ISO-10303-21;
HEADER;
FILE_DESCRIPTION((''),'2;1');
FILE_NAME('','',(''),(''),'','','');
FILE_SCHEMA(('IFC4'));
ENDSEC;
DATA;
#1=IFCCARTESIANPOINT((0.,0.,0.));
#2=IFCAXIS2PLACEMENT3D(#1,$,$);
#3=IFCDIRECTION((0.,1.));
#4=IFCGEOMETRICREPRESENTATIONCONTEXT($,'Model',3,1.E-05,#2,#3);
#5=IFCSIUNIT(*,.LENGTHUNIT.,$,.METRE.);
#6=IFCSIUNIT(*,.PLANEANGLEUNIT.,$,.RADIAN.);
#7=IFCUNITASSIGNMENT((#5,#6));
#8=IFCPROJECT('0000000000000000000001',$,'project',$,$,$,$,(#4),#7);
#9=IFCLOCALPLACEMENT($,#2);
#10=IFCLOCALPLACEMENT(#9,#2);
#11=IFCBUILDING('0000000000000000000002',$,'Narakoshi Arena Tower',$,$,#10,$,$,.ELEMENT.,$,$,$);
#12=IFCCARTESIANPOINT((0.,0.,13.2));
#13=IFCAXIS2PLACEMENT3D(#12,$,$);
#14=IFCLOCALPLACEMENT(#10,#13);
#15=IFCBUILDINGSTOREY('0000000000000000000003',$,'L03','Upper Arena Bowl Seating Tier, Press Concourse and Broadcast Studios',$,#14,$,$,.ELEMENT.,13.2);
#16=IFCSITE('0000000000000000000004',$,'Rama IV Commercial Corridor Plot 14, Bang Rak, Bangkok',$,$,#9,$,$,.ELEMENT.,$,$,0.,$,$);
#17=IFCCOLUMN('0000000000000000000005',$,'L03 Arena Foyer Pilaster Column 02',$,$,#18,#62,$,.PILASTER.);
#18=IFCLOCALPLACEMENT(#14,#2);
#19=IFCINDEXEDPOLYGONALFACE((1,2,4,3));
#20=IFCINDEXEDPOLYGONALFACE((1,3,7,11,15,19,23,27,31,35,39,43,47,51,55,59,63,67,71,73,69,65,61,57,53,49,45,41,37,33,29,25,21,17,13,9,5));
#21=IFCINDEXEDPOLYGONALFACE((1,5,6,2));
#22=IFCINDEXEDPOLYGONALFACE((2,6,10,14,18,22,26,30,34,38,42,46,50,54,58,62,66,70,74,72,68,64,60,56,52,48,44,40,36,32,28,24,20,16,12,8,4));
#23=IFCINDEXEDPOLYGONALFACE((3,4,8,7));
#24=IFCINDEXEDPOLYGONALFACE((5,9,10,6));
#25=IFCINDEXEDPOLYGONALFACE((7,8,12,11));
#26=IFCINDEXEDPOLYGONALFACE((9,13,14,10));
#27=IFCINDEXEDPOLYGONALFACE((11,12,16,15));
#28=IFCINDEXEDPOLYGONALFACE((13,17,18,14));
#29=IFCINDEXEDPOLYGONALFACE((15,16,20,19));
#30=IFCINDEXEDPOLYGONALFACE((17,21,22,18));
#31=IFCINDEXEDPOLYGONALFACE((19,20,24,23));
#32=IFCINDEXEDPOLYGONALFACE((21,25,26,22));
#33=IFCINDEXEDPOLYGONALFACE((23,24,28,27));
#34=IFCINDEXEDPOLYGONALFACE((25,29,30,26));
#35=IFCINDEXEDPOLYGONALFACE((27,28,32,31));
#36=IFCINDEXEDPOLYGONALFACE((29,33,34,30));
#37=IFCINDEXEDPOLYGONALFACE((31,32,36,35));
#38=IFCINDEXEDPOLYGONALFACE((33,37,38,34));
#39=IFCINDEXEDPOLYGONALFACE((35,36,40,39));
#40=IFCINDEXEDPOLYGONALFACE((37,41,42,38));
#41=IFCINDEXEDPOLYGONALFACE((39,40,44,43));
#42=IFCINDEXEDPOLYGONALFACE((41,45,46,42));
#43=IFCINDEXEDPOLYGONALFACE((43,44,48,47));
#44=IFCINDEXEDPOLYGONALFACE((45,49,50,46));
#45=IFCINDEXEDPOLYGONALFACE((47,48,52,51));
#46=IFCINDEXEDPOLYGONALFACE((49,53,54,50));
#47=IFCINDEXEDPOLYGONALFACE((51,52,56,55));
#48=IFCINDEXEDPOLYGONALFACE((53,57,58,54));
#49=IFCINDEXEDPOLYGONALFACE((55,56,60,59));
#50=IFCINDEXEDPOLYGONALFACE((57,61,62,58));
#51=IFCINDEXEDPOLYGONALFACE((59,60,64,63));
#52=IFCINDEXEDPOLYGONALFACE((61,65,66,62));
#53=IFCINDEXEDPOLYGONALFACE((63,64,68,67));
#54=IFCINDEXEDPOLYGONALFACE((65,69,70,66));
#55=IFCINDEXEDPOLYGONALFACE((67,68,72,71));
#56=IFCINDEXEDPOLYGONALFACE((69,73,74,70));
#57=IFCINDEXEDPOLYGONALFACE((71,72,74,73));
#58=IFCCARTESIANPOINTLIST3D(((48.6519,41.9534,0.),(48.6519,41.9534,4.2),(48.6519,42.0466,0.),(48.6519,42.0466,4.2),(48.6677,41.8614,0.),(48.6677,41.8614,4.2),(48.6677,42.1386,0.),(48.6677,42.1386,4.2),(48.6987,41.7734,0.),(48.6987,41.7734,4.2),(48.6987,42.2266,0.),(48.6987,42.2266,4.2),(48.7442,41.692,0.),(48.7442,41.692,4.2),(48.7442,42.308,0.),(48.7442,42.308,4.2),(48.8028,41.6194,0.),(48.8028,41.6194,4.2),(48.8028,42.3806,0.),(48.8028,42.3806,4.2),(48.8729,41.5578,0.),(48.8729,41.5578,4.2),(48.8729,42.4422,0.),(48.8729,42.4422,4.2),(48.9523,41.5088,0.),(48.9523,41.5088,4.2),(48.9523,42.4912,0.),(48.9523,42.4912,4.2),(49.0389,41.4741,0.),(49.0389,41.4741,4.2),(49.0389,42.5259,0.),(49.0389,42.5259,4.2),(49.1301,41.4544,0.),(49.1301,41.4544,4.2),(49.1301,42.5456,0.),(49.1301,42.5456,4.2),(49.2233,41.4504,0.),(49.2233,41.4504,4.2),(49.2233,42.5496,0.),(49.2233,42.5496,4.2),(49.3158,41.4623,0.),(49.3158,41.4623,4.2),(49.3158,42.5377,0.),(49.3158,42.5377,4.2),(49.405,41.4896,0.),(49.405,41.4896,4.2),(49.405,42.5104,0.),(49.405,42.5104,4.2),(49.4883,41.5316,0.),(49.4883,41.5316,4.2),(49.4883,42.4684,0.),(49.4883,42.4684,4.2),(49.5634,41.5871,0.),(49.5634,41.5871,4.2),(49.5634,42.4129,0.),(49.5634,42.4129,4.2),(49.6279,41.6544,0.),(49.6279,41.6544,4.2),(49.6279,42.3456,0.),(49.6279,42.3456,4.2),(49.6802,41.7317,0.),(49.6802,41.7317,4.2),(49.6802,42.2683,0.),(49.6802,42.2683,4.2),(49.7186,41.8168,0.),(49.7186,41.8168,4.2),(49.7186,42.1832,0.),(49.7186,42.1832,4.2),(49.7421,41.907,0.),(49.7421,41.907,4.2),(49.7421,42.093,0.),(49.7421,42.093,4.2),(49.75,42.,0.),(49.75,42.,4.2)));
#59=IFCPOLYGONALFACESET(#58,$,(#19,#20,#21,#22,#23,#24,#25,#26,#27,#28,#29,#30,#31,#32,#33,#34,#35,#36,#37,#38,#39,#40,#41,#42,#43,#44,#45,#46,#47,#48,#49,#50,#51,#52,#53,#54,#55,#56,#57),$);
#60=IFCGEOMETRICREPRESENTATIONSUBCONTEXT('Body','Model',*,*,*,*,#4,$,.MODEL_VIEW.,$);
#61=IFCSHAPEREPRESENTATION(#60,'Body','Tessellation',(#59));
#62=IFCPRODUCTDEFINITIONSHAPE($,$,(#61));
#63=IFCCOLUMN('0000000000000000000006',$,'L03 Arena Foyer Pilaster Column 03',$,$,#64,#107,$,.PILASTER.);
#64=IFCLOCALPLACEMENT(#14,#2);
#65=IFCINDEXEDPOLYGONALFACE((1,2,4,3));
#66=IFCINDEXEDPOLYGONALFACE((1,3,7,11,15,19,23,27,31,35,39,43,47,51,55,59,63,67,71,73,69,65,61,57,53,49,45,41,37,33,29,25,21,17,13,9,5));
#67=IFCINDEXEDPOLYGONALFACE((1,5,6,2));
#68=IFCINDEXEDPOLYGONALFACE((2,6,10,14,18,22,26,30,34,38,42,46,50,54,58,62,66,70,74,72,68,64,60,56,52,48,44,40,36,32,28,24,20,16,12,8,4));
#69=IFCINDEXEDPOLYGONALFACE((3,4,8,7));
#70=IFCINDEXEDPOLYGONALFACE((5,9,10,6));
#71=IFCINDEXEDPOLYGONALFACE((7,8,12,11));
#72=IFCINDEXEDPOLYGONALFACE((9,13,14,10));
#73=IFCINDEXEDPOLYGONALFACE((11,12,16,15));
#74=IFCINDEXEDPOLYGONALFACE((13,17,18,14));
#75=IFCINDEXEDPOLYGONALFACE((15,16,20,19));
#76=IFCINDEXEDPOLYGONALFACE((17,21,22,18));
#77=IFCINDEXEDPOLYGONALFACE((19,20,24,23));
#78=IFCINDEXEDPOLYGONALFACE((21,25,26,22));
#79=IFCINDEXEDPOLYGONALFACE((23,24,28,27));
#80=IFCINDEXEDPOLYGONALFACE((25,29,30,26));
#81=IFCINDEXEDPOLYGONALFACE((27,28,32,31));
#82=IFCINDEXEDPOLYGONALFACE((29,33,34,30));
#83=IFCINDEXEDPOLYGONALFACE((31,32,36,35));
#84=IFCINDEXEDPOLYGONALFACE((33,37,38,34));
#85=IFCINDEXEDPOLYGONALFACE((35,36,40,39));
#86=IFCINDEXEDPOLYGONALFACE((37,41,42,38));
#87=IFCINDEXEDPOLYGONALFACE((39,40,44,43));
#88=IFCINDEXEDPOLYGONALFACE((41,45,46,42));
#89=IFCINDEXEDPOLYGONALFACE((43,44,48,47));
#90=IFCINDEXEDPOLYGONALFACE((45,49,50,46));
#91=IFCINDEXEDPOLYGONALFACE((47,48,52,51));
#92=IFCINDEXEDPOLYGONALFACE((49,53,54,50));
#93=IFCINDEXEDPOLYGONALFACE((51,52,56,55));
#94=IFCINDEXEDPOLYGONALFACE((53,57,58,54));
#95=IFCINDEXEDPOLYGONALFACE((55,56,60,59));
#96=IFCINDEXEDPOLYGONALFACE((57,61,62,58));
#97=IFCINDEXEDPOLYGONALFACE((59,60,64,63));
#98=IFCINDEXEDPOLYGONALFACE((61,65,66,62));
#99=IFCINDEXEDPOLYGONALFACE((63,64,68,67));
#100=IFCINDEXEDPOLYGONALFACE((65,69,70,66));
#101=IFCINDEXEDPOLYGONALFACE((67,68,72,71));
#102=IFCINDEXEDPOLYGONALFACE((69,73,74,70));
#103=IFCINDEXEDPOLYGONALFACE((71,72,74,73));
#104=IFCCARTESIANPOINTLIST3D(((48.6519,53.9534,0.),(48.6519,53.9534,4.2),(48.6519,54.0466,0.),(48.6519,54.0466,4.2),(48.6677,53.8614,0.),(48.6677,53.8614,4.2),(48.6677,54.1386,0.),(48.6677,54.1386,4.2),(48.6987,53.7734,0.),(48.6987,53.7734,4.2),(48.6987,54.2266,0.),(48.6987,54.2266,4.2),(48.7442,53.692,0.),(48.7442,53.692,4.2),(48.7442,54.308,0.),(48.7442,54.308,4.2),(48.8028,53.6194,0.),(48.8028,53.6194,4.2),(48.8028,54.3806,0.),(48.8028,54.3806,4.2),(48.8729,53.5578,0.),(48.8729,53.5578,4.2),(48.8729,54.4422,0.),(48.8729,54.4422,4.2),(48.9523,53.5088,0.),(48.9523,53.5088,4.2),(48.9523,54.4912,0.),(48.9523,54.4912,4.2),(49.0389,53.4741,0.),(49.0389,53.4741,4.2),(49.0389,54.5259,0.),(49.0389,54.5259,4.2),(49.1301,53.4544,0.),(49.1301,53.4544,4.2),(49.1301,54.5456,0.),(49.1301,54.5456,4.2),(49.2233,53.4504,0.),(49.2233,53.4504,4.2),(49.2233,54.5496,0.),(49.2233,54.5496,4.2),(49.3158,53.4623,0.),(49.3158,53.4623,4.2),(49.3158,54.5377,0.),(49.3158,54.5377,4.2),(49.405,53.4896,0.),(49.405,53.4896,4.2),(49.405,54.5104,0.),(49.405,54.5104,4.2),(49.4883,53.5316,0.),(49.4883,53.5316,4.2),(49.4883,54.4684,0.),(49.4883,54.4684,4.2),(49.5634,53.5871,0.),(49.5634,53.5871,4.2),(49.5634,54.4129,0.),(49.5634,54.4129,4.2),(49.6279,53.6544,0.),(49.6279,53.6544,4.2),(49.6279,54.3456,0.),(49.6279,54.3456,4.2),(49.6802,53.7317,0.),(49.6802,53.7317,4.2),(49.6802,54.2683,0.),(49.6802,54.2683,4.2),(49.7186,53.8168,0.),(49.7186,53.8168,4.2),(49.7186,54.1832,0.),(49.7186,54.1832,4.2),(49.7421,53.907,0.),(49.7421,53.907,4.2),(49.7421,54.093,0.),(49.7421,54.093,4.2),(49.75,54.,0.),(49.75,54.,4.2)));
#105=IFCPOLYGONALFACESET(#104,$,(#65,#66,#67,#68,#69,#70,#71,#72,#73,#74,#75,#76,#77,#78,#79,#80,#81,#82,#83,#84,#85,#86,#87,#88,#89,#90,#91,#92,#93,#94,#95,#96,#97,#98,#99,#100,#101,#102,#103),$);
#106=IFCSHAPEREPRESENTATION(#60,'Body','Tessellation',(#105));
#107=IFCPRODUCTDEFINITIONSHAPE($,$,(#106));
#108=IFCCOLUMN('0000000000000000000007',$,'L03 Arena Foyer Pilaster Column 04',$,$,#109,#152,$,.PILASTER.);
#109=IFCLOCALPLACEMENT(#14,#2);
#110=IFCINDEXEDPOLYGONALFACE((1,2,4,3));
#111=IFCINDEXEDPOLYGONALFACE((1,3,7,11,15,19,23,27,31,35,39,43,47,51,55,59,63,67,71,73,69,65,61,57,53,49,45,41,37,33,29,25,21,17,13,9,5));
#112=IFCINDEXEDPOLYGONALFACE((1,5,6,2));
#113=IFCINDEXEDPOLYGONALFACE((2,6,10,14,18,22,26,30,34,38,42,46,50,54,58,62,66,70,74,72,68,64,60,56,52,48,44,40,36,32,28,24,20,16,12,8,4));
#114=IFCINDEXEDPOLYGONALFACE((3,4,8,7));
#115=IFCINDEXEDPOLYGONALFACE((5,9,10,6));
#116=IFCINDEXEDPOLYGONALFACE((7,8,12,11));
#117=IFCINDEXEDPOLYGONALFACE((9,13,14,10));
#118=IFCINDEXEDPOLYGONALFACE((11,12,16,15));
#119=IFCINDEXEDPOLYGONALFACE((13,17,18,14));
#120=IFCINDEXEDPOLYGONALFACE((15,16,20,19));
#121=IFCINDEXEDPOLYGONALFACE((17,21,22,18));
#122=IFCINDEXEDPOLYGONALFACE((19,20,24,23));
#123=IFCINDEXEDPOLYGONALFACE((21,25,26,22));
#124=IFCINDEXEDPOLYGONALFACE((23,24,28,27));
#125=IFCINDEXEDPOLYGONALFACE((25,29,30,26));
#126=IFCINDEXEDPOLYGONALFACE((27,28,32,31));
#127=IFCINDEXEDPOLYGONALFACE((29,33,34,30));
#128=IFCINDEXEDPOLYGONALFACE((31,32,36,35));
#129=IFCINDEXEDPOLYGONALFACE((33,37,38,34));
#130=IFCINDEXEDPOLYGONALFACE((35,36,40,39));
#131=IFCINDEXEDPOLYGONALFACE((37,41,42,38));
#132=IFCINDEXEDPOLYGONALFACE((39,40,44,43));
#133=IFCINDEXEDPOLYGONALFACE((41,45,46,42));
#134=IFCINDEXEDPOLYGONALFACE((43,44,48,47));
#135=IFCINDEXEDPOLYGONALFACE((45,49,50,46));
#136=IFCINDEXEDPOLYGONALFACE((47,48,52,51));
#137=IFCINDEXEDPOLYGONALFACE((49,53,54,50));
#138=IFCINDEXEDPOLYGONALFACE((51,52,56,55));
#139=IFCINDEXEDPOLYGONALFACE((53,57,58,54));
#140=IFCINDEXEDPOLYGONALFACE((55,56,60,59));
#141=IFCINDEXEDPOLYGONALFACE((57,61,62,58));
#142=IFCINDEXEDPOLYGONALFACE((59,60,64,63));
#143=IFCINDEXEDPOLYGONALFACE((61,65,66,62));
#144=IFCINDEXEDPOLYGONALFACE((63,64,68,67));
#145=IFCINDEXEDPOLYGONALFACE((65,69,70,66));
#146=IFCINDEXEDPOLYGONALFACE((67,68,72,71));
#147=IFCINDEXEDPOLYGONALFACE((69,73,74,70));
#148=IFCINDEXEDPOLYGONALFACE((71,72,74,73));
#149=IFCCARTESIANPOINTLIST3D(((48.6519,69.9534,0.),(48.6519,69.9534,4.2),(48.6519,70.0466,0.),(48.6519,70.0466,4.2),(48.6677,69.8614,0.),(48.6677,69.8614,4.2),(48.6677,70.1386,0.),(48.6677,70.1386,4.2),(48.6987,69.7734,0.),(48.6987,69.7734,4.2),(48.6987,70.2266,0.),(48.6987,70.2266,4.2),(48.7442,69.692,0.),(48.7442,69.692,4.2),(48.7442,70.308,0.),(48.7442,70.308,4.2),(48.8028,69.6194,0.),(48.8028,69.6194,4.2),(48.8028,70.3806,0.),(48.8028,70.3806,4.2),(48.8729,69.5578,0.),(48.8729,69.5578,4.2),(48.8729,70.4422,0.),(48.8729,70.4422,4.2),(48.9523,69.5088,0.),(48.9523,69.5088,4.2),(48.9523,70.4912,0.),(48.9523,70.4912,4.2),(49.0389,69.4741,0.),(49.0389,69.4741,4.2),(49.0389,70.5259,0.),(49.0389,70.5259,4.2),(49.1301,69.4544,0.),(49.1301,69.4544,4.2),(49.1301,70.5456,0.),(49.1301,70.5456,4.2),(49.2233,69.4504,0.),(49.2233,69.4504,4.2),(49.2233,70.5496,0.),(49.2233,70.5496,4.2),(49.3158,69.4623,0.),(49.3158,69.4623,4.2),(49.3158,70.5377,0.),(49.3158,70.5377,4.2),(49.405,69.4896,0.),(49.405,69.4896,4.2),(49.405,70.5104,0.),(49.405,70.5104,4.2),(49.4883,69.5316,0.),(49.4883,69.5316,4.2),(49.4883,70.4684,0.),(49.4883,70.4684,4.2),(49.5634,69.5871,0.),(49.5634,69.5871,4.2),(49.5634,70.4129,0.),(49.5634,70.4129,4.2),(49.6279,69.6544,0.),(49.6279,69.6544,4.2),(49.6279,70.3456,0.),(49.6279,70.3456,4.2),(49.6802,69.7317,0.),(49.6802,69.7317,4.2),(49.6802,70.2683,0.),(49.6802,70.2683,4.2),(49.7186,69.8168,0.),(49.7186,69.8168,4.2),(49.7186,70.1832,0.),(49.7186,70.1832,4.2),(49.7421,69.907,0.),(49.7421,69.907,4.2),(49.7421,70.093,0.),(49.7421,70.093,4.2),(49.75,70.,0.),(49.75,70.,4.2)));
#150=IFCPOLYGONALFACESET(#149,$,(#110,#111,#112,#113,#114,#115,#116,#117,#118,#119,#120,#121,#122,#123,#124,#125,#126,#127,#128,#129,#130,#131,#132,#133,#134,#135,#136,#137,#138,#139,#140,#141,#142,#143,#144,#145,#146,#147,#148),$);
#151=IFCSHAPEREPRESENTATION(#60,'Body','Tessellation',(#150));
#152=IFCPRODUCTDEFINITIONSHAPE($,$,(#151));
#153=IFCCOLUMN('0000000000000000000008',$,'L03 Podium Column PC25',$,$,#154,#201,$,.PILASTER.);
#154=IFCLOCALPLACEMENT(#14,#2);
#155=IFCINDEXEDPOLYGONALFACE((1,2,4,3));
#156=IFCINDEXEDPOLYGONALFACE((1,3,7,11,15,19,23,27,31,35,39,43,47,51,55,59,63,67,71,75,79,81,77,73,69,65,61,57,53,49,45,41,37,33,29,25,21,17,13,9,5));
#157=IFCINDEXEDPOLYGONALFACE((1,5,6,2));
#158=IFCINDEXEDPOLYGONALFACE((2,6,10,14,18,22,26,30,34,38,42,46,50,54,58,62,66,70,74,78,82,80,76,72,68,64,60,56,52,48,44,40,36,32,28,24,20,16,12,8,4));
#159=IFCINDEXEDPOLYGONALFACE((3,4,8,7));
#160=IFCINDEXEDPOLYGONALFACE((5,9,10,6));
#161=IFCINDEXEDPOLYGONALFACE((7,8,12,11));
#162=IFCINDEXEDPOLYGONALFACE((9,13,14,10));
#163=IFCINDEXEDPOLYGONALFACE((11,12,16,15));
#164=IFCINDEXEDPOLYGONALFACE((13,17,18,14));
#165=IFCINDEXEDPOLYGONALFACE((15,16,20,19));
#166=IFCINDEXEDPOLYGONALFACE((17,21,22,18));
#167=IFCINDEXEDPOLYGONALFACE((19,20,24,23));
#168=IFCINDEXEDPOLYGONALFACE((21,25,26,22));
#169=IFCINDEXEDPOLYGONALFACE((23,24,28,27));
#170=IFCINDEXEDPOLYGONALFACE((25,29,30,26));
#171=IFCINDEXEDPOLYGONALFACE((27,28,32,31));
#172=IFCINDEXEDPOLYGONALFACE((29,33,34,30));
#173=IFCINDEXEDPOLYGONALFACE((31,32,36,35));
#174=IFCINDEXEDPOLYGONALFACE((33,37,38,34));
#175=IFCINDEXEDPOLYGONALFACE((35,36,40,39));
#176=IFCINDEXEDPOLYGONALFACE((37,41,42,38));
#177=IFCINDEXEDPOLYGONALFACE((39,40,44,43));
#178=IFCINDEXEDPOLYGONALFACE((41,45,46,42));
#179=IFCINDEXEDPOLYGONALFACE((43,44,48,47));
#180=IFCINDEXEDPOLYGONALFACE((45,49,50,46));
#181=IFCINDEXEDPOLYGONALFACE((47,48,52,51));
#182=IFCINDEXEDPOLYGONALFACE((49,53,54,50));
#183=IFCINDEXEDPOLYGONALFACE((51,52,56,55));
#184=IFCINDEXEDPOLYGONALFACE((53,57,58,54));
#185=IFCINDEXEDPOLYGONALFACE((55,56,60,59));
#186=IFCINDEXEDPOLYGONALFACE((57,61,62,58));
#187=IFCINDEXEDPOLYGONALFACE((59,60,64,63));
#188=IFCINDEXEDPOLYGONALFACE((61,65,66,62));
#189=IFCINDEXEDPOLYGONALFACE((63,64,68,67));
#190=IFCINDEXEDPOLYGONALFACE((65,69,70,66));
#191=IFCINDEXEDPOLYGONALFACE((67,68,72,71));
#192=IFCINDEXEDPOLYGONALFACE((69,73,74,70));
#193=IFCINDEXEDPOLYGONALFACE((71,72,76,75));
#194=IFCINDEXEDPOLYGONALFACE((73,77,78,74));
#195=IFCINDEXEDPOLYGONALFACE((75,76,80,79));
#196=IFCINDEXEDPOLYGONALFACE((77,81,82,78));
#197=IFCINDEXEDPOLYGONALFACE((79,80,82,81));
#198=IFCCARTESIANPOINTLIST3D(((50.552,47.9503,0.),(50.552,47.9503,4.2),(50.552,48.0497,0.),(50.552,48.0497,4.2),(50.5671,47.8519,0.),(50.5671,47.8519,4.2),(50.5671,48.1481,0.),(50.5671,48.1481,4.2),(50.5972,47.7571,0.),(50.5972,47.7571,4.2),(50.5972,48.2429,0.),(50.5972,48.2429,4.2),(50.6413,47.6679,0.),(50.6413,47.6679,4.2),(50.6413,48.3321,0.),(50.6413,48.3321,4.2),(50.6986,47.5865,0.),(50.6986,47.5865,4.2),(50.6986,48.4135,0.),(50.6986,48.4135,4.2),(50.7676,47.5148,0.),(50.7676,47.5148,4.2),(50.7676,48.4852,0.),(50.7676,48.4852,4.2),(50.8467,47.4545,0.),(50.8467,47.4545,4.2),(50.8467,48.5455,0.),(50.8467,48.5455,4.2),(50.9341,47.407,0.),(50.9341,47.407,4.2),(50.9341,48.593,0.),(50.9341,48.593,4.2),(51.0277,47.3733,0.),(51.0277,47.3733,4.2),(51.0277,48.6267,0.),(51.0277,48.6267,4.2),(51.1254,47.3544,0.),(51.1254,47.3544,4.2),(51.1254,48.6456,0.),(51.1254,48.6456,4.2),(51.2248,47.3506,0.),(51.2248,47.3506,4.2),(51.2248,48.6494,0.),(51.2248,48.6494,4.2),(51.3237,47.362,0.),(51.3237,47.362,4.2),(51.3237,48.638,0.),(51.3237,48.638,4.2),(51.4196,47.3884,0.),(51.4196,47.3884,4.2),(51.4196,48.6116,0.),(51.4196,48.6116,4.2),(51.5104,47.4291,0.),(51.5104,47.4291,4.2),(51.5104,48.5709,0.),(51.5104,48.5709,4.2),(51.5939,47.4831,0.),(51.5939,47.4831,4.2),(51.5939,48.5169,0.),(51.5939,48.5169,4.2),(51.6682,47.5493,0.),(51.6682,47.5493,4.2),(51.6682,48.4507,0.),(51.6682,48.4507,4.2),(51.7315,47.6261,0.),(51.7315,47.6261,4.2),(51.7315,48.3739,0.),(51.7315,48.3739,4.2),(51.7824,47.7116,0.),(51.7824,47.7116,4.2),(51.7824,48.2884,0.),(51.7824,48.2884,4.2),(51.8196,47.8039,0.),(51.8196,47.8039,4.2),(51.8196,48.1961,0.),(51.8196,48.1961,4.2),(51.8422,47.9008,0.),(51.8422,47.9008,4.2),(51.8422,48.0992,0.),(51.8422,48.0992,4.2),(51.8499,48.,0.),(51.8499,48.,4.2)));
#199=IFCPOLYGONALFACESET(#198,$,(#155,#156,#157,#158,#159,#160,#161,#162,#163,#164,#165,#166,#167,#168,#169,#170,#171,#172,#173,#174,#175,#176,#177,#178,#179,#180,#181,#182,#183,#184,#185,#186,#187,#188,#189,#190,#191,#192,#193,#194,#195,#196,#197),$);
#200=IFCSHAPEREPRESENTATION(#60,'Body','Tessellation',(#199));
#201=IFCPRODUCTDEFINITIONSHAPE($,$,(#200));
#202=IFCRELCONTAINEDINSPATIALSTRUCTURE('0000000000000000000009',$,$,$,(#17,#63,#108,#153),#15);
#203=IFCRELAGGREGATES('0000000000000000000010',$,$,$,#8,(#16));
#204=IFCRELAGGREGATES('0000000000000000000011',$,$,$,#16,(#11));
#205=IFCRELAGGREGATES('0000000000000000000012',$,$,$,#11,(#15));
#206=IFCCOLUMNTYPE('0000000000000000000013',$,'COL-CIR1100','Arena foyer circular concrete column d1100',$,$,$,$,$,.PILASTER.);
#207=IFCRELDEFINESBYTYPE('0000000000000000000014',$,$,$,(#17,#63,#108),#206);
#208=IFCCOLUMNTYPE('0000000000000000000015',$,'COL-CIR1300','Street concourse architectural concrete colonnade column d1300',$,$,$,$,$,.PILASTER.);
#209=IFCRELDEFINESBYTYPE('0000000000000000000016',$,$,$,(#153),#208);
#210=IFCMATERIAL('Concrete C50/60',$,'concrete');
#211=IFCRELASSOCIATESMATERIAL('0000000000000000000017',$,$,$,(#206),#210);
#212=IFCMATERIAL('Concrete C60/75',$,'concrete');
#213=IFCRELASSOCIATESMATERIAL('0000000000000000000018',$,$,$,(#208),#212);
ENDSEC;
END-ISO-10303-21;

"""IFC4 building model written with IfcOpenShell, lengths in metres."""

from ifc_helpers import new_model, si_unit, direction, frame, origin, origin_2d, place, context, subcontext, project, spatial, circle, extrude, material, material_profile, profile_set, type_object, element, save


model = new_model("IFC4")

# Units and contexts
model_context = context("Model", 3, precision=1e-05, world=origin(), true_north=direction((0.0, 1.0)))
body_context = subcontext(model_context, "Body", "Model", "MODEL_VIEW")
ifc_project = project(units=[si_unit("LENGTHUNIT", "METRE"), si_unit("PLANEANGLEUNIT", "RADIAN")], contexts=[model_context])

# Site, building, storey
site_placement = place(None, origin())
site = spatial("IfcSite", under=ifc_project, at=site_placement, Name="Rama IV Commercial Corridor Plot 14, Bang Rak, Bangkok", CompositionType="ELEMENT", RefElevation=0.0)
building_placement = place(site_placement, origin())
building = spatial("IfcBuilding", under=site, at=building_placement, Name="Narakoshi Arena Tower", CompositionType="ELEMENT")
storey_placement = place(building_placement, frame((0.0, 0.0, 13.2)))
storey = spatial("IfcBuildingStorey", under=building, at=storey_placement, Name="L03", Description="Upper Arena Bowl Seating Tier, Press Concourse and Broadcast Studios", CompositionType="ELEMENT", Elevation=13.2)

# Columns
ifc_material_1 = material(Name="Concrete C50/60", Category="concrete")
ifc_material_profile_1 = material_profile(ifc_material_1, circle(Radius=0.55, at=origin_2d()), Name="RCC1100")
ifc_profile_set_1 = profile_set([ifc_material_profile_1], Name="Concrete C50/60")
column_type_1 = type_object("IfcColumnType", Name="COL-CIR1100", Description="Arena foyer circular concrete column d1100", PredefinedType="PILASTER", material=ifc_profile_set_1)
for number, where, z_axis, x_axis, name in (
    (1, (49.2, 42.0, 0.0), (0.0, 0.0, 1.0), (1.0, 0.0, 0.0), "L03 Arena Foyer Pilaster Column 02"),
    (2, (49.2, 54.0, 0.0), (0.0, 0.0, 1.0), (1.0, 0.0, 0.0), "L03 Arena Foyer Pilaster Column 03"),
    (3, (49.2, 70.0, 0.0), (0.0, 0.0, 1.0), (1.0, 0.0, 0.0), "L03 Arena Foyer Pilaster Column 04"),
):
    element("IfcColumn", number, at=place(storey_placement, frame(where, z_axis=z_axis, x_axis=x_axis)), inside=storey, type_object=column_type_1, Name=name, PredefinedType="PILASTER", context=body_context, shape_type="SweptSolid", body=[
        extrude(circle(Radius=0.55, at=origin_2d()), origin(), (0.0, 0.0, 1.0), 4.2),
    ])
ifc_material_2 = material(Name="Concrete C60/75", Category="concrete")
ifc_material_profile_2 = material_profile(ifc_material_2, circle(Radius=0.6499, at=origin_2d()), Name="RCC1300")
ifc_profile_set_2 = profile_set([ifc_material_profile_2], Name="Concrete C60/75")
column_type_2 = type_object("IfcColumnType", Name="COL-CIR1300", Description="Street concourse architectural concrete colonnade column d1300", PredefinedType="PILASTER", material=ifc_profile_set_2)
for number, where, z_axis, x_axis, name in (
    (4, (51.2, 48.0, 0.0), (0.0, 0.0, 1.0), (1.0, 0.0, 0.0), "L03 Podium Column PC25"),
):
    element("IfcColumn", number, at=place(storey_placement, frame(where, z_axis=z_axis, x_axis=x_axis)), inside=storey, type_object=column_type_2, Name=name, PredefinedType="PILASTER", context=body_context, shape_type="SweptSolid", body=[
        extrude(circle(Radius=0.6499, at=origin_2d()), origin(), (0.0, 0.0, 1.0), 4.2),
    ])

save(model, "model.ifc")
